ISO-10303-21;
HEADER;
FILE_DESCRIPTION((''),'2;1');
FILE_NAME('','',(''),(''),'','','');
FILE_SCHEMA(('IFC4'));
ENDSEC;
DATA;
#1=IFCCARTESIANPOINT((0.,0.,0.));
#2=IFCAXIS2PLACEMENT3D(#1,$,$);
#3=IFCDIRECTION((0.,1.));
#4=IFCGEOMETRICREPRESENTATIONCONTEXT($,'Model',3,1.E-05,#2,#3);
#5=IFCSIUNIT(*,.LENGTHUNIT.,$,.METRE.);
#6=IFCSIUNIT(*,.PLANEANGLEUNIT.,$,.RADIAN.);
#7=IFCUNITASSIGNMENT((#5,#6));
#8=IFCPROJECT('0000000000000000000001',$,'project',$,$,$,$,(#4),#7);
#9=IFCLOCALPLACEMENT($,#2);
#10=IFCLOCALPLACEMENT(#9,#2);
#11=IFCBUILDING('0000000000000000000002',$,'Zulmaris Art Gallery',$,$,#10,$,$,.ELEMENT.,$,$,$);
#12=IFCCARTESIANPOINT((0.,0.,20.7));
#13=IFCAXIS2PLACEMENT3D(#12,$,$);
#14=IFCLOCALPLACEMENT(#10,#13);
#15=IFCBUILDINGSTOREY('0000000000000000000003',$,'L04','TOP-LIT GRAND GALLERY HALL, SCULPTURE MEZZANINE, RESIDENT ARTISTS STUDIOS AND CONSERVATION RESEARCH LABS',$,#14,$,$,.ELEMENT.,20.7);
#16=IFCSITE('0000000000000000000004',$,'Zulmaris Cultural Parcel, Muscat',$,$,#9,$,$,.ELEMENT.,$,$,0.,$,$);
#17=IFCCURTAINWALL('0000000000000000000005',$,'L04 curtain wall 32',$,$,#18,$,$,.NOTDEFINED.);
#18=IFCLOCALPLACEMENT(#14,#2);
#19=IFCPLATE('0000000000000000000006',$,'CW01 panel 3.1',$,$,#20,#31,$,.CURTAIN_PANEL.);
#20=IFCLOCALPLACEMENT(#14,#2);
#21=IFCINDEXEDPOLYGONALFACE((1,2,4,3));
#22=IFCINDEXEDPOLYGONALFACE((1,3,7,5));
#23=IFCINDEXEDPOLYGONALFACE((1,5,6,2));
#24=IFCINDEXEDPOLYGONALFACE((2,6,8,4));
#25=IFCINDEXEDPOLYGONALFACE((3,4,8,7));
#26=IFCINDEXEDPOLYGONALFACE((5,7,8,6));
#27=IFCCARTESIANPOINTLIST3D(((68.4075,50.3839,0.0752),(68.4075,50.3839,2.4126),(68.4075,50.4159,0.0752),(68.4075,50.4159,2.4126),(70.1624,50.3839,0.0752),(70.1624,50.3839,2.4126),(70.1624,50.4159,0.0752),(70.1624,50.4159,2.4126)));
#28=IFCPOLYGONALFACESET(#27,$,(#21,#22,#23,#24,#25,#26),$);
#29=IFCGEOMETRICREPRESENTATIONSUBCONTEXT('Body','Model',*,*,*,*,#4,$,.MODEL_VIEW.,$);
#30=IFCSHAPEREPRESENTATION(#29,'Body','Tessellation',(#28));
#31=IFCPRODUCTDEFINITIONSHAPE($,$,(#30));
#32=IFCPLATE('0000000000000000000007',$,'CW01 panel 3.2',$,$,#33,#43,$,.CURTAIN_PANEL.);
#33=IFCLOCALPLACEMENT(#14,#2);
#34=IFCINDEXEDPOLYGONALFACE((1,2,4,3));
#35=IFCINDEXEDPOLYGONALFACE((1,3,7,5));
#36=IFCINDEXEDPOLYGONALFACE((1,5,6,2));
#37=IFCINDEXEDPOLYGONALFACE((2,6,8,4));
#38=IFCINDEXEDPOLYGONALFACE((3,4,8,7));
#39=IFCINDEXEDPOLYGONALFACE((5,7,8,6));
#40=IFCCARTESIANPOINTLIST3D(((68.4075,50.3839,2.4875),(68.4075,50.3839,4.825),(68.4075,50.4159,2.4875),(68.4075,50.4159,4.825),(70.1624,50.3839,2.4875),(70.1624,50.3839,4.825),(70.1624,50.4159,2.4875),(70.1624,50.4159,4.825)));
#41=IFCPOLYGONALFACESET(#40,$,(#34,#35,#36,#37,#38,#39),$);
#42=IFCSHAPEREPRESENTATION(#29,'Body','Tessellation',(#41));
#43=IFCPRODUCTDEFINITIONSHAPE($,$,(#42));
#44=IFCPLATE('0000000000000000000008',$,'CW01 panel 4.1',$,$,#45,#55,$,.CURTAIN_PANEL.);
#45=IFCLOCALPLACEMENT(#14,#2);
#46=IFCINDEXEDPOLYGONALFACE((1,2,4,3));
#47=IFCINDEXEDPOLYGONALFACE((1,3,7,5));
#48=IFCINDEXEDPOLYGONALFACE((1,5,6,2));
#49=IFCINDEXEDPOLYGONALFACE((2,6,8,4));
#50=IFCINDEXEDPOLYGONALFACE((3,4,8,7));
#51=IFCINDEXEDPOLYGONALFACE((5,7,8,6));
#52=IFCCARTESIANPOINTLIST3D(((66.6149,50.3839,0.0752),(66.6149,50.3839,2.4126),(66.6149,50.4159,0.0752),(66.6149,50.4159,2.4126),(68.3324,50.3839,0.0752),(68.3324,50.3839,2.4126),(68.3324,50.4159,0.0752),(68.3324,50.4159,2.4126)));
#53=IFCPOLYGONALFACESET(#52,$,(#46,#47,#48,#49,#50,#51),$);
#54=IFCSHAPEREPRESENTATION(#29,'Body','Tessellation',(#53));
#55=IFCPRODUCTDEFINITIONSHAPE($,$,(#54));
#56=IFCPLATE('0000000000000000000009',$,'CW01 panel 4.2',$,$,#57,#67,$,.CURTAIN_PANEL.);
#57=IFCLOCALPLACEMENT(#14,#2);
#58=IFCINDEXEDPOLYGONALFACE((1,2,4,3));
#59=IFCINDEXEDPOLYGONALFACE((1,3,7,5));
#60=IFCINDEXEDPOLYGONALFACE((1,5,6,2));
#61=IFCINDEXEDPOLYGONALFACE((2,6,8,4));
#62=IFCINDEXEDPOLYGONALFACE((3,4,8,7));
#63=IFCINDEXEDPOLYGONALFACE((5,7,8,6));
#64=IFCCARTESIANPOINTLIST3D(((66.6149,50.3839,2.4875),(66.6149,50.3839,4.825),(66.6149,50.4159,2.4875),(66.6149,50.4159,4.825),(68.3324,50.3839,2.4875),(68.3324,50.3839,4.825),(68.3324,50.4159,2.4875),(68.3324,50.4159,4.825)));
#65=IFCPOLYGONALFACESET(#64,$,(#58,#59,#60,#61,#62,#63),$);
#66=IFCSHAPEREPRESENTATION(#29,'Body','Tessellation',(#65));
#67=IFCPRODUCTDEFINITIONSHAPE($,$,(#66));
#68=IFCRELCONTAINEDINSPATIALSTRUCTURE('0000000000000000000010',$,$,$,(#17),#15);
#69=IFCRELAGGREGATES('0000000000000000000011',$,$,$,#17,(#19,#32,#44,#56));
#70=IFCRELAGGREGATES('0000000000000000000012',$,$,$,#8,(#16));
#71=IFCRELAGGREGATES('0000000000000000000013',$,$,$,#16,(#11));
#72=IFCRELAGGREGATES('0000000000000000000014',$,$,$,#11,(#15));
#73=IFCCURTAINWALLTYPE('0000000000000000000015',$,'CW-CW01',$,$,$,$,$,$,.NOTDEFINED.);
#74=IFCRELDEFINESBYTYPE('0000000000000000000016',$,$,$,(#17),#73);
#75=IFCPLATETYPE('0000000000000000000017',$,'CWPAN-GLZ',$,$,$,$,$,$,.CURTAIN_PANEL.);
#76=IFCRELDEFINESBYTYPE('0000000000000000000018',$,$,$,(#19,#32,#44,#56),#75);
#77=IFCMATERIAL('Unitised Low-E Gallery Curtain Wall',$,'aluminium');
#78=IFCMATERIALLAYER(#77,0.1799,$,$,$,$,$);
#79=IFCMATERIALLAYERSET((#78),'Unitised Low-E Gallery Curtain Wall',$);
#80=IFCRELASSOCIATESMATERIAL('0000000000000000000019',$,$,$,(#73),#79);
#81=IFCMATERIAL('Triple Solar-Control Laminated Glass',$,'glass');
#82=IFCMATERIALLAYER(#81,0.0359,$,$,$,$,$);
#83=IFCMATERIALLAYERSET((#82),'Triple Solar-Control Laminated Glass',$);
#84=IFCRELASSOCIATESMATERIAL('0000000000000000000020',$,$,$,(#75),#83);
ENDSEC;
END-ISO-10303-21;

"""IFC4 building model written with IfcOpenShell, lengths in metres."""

from ifc_helpers import new_model, si_unit, direction, frame, origin, origin_2d, place, context, subcontext, project, spatial, rectangle, extrude, material, layer, layer_set, type_object, element, aggregate, save


model = new_model("IFC4")

# Units and contexts
model_context = context("Model", 3, precision=1e-05, world=origin(), true_north=direction((0.0, 1.0)))
body_context = subcontext(model_context, "Body", "Model", "MODEL_VIEW")
ifc_project = project(units=[si_unit("LENGTHUNIT", "METRE"), si_unit("PLANEANGLEUNIT", "RADIAN")], contexts=[model_context])

# Site, building, storey
site_placement = place(None, origin())
site = spatial("IfcSite", under=ifc_project, at=site_placement, Name="Zulmaris Cultural Parcel, Muscat", CompositionType="ELEMENT", RefElevation=0.0)
building_placement = place(site_placement, origin())
building = spatial("IfcBuilding", under=site, at=building_placement, Name="Zulmaris Art Gallery", CompositionType="ELEMENT")
storey_placement = place(building_placement, frame((0.0, 0.0, 20.7)))
storey = spatial("IfcBuildingStorey", under=building, at=storey_placement, Name="L04", Description="TOP-LIT GRAND GALLERY HALL, SCULPTURE MEZZANINE, RESIDENT ARTISTS STUDIOS AND CONSERVATION RESEARCH LABS", CompositionType="ELEMENT", Elevation=20.7)

# Curtain wall, plates
ifc_material_1 = material(Name="Unitised Low-E Gallery Curtain Wall", Category="aluminium")
ifc_layer_1 = layer(ifc_material_1, 0.1799)
ifc_layer_set_1 = layer_set([ifc_layer_1], Name="Unitised Low-E Gallery Curtain Wall")
curtain_wall_type = type_object("IfcCurtainWallType", Name="CW-CW01", PredefinedType="NOTDEFINED", material=ifc_layer_set_1)
curtain_wall_placement = place(storey_placement, origin())
curtain_wall = element("IfcCurtainWall", 1, at=curtain_wall_placement, inside=storey, type_object=curtain_wall_type, Name="L04 curtain wall 32", PredefinedType="NOTDEFINED")
ifc_material_2 = material(Name="Triple Solar-Control Laminated Glass", Category="glass")
ifc_layer_2 = layer(ifc_material_2, 0.0359)
ifc_layer_set_2 = layer_set([ifc_layer_2], Name="Triple Solar-Control Laminated Glass")
plate_type = type_object("IfcPlateType", Name="CWPAN-GLZ", PredefinedType="CURTAIN_PANEL", material=ifc_layer_set_2)
plate_1_placement = place(storey_placement, frame((69.2849, 50.3999, 0.0752), z_axis=(0.0, 0.0, 1.0), x_axis=(-1.0, 0.0, 0.0)))
plate_1 = element("IfcPlate", 2, at=plate_1_placement, type_object=plate_type, Name="CW01 panel 3.1", PredefinedType="CURTAIN_PANEL", context=body_context, shape_type="SweptSolid", body=[
    extrude(rectangle(XDim=1.7549, YDim=0.032, at=origin_2d()), origin(), (0.0, 0.0, 1.0), 2.3374),
])
plate_2_placement = place(storey_placement, frame((69.2849, 50.3999, 2.4875), z_axis=(0.0, 0.0, 1.0), x_axis=(-1.0, 0.0, 0.0)))
plate_2 = element("IfcPlate", 3, at=plate_2_placement, type_object=plate_type, Name="CW01 panel 3.2", PredefinedType="CURTAIN_PANEL", context=body_context, shape_type="SweptSolid", body=[
    extrude(rectangle(XDim=1.7549, YDim=0.032, at=origin_2d()), origin(), (0.0, 0.0, 1.0), 2.3374),
])
plate_3_placement = place(storey_placement, frame((67.4736, 50.3999, 0.0752), z_axis=(0.0, 0.0, 1.0), x_axis=(-1.0, 0.0, 0.0)))
plate_3 = element("IfcPlate", 4, at=plate_3_placement, type_object=plate_type, Name="CW01 panel 4.1", PredefinedType="CURTAIN_PANEL", context=body_context, shape_type="SweptSolid", body=[
    extrude(rectangle(XDim=1.7175, YDim=0.032, at=origin_2d()), origin(), (0.0, 0.0, 1.0), 2.3374),
])
plate_4_placement = place(storey_placement, frame((67.4736, 50.3999, 2.4875), z_axis=(0.0, 0.0, 1.0), x_axis=(-1.0, 0.0, 0.0)))
plate_4 = element("IfcPlate", 5, at=plate_4_placement, type_object=plate_type, Name="CW01 panel 4.2", PredefinedType="CURTAIN_PANEL", context=body_context, shape_type="SweptSolid", body=[
    extrude(rectangle(XDim=1.7175, YDim=0.032, at=origin_2d()), origin(), (0.0, 0.0, 1.0), 2.3374),
])
aggregate(curtain_wall, [plate_1, plate_2, plate_3, plate_4])

save(model, "model.ifc")
